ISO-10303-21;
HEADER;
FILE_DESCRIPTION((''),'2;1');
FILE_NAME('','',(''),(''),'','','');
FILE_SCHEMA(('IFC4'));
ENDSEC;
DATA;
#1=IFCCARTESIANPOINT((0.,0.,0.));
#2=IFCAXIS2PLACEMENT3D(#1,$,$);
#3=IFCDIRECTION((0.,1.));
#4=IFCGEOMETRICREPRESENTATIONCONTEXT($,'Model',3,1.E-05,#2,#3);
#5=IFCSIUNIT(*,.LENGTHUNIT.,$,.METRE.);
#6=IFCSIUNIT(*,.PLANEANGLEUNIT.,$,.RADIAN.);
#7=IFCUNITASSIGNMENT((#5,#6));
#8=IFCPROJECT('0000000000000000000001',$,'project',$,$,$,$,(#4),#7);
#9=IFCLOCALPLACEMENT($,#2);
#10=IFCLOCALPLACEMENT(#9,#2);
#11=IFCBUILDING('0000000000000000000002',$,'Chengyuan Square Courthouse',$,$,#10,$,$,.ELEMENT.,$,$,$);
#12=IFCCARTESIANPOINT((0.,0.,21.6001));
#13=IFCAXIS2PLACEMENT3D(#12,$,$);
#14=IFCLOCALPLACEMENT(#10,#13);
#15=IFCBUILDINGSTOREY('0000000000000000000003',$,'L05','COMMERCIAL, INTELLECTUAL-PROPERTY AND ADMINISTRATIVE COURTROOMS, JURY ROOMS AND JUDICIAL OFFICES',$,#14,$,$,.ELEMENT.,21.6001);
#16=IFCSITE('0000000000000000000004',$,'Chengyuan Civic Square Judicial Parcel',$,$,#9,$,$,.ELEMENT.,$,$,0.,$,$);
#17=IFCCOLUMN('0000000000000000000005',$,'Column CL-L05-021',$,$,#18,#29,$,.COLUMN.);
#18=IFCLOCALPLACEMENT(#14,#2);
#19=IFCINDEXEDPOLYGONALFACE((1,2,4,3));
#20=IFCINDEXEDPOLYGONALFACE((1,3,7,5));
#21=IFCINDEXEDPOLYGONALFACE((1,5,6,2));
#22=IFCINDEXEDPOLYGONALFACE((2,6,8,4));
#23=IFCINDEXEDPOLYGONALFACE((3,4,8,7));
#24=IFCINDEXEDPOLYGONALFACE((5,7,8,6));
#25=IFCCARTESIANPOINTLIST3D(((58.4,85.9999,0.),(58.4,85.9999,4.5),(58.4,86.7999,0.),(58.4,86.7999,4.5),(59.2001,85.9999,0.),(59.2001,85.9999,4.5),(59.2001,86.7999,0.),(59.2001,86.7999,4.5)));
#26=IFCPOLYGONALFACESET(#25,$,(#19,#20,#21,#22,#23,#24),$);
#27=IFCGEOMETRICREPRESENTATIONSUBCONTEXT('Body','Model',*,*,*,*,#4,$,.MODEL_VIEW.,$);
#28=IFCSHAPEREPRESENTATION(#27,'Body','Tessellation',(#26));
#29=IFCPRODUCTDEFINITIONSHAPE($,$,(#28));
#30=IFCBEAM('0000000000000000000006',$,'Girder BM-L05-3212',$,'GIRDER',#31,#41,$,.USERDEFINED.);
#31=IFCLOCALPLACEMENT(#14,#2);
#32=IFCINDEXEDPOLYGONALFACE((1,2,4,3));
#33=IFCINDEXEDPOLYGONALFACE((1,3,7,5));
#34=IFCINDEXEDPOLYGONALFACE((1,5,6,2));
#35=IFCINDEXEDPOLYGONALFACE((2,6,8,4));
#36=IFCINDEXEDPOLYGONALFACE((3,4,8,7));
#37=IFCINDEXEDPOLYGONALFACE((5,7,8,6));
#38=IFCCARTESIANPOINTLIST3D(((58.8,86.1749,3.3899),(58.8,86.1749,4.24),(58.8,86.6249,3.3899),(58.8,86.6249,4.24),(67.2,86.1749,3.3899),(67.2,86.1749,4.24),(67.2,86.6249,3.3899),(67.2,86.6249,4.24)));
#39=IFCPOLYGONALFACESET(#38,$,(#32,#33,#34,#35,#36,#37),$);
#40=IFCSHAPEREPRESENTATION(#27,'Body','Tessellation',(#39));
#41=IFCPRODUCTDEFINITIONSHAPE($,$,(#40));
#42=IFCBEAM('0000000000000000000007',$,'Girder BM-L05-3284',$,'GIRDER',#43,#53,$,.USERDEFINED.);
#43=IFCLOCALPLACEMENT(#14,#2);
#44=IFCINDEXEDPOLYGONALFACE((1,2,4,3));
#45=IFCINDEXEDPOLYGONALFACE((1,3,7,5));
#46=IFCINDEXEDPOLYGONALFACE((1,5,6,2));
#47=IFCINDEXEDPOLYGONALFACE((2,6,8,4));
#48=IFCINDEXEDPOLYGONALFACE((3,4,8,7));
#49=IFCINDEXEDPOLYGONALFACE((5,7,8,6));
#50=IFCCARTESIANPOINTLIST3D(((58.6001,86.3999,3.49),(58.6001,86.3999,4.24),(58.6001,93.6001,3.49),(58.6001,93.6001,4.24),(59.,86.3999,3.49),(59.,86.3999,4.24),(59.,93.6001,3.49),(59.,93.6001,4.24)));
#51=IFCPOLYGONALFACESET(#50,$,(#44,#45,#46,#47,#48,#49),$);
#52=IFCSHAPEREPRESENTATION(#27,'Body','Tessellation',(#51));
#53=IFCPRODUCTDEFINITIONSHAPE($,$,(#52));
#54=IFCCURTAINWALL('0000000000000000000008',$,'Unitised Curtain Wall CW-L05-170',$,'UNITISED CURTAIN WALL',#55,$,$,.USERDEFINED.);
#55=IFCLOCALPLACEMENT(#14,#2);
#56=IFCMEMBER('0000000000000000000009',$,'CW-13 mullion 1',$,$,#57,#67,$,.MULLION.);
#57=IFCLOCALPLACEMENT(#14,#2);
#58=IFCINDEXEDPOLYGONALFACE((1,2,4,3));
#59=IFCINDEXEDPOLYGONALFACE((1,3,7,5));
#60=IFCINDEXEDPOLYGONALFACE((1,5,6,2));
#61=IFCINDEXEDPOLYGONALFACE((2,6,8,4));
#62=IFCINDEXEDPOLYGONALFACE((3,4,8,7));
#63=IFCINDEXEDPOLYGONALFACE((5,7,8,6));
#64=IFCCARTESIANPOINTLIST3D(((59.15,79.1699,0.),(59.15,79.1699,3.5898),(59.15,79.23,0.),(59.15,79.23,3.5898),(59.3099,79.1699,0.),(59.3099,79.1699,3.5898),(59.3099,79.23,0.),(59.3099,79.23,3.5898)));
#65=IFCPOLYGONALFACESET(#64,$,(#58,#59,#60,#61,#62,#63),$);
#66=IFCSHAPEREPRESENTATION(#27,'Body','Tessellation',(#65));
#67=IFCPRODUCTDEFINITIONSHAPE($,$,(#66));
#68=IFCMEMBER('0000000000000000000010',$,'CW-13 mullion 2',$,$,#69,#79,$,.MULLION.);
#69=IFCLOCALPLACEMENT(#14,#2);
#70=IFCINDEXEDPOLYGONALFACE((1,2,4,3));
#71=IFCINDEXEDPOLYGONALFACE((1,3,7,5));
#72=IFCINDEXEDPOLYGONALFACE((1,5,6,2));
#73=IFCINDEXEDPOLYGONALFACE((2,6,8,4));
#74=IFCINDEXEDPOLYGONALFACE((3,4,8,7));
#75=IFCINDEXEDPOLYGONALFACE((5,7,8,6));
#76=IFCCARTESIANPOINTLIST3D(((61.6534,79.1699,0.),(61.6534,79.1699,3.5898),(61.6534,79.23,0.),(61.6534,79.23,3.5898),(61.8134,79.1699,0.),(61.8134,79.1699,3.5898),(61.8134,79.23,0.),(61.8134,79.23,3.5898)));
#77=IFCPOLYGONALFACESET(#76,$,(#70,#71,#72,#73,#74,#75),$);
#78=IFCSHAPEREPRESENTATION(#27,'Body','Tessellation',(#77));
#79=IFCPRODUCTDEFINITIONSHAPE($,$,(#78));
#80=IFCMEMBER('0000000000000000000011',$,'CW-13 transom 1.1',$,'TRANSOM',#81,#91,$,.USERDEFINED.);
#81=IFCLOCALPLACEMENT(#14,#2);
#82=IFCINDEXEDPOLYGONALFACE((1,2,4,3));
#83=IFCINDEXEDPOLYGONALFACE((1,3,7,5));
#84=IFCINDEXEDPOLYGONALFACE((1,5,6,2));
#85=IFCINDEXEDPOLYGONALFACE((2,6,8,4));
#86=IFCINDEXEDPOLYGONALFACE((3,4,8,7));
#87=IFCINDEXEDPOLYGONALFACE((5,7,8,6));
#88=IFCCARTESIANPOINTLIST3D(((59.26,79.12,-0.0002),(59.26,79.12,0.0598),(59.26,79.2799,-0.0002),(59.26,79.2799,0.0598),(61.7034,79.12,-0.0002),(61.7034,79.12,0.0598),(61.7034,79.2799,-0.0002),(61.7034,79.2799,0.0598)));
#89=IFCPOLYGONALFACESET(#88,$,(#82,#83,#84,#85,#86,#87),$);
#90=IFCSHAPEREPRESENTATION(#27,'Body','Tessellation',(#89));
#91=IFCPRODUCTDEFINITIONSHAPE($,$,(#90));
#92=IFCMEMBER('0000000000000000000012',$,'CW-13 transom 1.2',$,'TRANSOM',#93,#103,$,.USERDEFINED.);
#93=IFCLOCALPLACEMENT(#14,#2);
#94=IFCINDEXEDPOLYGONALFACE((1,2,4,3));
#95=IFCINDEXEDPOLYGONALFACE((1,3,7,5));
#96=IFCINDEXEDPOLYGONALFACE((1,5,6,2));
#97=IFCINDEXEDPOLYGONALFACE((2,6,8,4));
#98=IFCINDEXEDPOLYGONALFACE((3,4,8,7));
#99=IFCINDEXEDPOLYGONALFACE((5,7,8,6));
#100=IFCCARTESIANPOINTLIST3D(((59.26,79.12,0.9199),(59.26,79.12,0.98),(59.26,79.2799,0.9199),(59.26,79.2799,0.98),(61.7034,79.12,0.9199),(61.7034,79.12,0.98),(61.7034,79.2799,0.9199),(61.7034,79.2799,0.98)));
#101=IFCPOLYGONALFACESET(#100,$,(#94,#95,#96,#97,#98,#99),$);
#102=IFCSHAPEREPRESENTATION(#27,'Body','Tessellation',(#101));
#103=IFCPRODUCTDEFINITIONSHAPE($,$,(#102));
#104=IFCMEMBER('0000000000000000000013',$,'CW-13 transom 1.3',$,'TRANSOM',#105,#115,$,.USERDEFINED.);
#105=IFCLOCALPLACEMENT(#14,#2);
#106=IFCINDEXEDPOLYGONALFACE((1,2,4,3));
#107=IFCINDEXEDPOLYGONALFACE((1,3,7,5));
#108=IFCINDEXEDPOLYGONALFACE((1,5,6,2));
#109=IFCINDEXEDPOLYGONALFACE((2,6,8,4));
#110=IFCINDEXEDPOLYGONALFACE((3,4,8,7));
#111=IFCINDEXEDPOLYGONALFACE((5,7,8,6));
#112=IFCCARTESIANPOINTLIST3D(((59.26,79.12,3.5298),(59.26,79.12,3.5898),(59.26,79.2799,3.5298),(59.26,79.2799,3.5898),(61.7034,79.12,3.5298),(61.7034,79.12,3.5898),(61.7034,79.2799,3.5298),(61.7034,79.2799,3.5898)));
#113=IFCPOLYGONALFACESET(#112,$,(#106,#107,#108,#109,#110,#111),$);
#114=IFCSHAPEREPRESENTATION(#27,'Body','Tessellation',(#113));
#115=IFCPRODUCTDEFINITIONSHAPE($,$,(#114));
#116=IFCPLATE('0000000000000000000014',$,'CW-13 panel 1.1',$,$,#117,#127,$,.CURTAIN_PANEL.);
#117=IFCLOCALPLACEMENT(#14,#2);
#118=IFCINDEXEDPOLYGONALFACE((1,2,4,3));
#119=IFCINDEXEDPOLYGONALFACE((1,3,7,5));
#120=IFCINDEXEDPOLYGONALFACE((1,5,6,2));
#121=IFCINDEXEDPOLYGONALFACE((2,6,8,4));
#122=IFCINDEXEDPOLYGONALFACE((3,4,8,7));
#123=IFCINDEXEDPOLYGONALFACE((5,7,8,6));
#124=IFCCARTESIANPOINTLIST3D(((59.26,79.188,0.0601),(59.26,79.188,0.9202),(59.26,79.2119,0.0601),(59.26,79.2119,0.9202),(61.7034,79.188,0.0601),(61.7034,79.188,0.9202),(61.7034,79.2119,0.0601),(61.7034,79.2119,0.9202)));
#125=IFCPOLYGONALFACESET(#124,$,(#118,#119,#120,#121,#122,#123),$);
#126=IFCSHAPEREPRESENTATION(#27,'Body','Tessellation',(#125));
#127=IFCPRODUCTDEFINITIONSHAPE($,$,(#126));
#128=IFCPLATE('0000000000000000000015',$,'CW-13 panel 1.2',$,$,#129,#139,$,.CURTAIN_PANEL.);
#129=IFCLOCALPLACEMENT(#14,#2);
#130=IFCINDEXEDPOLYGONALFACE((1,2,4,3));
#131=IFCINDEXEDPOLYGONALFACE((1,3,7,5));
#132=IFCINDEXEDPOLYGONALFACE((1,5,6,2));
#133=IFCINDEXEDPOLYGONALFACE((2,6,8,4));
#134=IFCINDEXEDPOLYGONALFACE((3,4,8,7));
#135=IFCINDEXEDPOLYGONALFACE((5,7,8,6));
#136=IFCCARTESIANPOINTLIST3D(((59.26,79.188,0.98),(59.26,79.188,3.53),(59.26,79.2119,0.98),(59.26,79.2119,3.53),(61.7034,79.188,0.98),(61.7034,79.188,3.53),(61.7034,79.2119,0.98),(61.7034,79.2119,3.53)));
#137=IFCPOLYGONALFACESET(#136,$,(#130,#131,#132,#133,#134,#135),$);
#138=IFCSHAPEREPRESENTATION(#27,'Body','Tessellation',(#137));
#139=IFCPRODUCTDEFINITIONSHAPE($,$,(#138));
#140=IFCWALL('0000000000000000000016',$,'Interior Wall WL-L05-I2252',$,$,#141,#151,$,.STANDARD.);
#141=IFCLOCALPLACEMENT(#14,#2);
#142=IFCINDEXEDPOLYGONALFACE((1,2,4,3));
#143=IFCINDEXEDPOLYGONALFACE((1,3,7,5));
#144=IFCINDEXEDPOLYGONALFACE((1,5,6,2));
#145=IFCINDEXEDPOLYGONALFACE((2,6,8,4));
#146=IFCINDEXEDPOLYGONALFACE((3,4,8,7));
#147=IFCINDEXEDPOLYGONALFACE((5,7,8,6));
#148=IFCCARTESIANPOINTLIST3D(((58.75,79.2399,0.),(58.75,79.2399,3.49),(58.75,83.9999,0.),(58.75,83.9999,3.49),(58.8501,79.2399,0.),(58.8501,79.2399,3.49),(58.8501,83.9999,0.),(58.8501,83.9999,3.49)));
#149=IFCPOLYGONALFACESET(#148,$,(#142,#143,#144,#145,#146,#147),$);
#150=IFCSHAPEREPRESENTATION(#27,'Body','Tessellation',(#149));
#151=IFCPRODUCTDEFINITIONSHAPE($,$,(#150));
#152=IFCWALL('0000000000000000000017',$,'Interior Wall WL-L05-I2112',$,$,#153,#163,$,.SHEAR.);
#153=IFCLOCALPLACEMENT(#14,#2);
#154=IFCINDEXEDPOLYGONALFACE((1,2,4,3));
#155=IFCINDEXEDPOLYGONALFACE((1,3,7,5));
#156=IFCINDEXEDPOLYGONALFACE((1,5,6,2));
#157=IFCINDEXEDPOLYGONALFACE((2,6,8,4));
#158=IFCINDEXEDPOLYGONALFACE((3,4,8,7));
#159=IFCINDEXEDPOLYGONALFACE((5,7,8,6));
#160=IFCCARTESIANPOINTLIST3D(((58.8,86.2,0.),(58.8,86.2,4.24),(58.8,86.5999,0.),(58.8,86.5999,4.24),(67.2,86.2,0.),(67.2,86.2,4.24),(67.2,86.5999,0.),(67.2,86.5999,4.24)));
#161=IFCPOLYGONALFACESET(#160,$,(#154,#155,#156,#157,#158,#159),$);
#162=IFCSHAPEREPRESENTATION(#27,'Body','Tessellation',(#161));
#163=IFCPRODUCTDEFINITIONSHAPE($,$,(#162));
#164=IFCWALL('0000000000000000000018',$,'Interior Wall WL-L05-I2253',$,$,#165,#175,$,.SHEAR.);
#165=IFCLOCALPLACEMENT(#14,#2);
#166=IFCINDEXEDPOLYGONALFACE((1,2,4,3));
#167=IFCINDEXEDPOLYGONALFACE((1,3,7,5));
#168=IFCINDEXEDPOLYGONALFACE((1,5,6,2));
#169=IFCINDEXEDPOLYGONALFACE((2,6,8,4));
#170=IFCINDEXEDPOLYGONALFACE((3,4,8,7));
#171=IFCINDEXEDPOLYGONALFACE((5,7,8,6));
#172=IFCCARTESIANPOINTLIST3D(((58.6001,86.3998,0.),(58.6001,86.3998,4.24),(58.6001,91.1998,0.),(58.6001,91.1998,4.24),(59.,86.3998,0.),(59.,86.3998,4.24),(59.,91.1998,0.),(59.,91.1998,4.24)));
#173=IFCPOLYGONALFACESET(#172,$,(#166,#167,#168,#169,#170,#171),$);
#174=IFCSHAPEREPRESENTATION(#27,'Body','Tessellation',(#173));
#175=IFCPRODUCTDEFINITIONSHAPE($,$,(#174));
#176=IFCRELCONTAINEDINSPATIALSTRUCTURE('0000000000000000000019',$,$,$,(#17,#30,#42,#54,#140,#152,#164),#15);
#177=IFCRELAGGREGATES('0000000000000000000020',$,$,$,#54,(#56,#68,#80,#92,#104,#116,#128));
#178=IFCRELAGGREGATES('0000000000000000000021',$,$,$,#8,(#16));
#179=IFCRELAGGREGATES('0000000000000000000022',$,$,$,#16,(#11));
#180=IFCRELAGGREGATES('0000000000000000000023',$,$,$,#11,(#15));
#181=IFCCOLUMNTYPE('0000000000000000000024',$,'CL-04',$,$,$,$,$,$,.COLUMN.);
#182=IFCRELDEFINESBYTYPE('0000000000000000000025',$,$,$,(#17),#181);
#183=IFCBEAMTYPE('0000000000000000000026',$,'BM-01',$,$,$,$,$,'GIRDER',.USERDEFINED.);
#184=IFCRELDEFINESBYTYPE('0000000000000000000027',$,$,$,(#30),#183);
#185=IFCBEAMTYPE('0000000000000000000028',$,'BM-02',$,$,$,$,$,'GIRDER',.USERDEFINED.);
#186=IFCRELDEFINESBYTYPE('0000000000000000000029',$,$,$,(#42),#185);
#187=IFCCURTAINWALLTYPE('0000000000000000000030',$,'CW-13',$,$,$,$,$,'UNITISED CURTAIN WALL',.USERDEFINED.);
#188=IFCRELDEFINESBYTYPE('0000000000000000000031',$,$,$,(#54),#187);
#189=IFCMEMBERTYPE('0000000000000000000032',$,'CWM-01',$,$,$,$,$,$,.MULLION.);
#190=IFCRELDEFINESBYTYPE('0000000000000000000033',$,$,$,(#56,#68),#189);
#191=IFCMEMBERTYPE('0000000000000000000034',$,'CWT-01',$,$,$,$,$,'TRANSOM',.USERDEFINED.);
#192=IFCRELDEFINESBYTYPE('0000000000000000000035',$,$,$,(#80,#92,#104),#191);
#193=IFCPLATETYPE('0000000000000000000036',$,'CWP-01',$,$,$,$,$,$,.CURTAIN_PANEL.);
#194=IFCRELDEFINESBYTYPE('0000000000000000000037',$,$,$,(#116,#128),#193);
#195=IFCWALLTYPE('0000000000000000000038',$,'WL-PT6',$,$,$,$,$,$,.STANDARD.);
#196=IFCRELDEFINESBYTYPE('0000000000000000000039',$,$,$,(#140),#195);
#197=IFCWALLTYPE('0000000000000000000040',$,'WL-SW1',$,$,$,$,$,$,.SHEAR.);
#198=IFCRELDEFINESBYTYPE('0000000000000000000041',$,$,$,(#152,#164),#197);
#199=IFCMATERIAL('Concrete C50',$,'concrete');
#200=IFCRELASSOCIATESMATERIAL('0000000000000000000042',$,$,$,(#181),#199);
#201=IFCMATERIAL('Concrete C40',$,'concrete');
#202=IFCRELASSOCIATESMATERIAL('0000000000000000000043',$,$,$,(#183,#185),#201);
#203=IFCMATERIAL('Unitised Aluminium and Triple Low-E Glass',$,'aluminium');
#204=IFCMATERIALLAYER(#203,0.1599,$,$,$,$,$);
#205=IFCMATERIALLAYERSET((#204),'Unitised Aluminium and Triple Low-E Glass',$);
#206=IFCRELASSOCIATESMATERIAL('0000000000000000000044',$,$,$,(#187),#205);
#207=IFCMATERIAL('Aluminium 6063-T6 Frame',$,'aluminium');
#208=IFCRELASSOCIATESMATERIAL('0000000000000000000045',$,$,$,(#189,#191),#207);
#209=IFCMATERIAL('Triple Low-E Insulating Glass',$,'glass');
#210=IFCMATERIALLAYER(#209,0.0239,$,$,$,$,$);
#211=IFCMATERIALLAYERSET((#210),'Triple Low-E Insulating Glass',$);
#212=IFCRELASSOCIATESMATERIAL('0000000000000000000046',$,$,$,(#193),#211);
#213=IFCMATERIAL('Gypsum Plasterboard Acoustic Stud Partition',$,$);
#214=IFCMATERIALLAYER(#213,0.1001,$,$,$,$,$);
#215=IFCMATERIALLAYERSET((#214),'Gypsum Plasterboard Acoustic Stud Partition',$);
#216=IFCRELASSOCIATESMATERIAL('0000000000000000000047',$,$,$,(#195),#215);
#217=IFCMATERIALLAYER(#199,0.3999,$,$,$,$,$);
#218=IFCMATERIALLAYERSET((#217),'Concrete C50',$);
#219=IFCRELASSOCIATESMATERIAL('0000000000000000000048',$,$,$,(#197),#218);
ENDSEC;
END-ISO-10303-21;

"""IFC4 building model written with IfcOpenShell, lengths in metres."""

from ifc_helpers import new_model, si_unit, direction, frame, frame_2d, origin, origin_2d, place, context, subcontext, project, spatial, rectangle, extrude, material, layer, layer_set, material_profile, profile_set, type_object, element, aggregate, save


model = new_model("IFC4")

# Units and contexts
model_context = context("Model", 3, precision=1e-05, world=origin(), true_north=direction((0.0, 1.0)))
body_context = subcontext(model_context, "Body", "Model", "MODEL_VIEW")
ifc_project = project(units=[si_unit("LENGTHUNIT", "METRE"), si_unit("PLANEANGLEUNIT", "RADIAN")], contexts=[model_context])

# Site, building, storey
site_placement = place(None, origin())
site = spatial("IfcSite", under=ifc_project, at=site_placement, Name="Chengyuan Civic Square Judicial Parcel", CompositionType="ELEMENT", RefElevation=0.0)
building_placement = place(site_placement, origin())
building = spatial("IfcBuilding", under=site, at=building_placement, Name="Chengyuan Square Courthouse", CompositionType="ELEMENT")
storey_placement = place(building_placement, frame((0.0, 0.0, 21.6001)))
storey = spatial("IfcBuildingStorey", under=building, at=storey_placement, Name="L05", Description="COMMERCIAL, INTELLECTUAL-PROPERTY AND ADMINISTRATIVE COURTROOMS, JURY ROOMS AND JUDICIAL OFFICES", CompositionType="ELEMENT", Elevation=21.6001)

# Column
ifc_material_1 = material(Name="Concrete C50", Category="concrete")
ifc_material_profile_1 = material_profile(ifc_material_1, rectangle(XDim=0.8, YDim=0.8, at=origin_2d()), Name="RC-COL-800x800")
ifc_profile_set_1 = profile_set([ifc_material_profile_1], Name="Concrete C50")
column_type = type_object("IfcColumnType", Name="CL-04", PredefinedType="COLUMN", material=ifc_profile_set_1)
column_placement = place(storey_placement, frame((58.8, 86.3999, 0.0), z_axis=(0.0, 0.0, 1.0), x_axis=(1.0, 0.0, 0.0)))
element("IfcColumn", 1, at=column_placement, inside=storey, type_object=column_type, Name="Column CL-L05-021", PredefinedType="COLUMN", context=body_context, shape_type="SweptSolid", body=[
    extrude(rectangle(XDim=0.8, YDim=0.8, at=origin_2d()), origin(), (0.0, 0.0, 1.0), 4.5),
])

# Beams
ifc_material_2 = material(Name="Concrete C40", Category="concrete")
ifc_material_profile_2 = material_profile(ifc_material_2, rectangle(XDim=0.45, YDim=0.8501, at=origin_2d()), Name="RC-BM-450x850")
ifc_profile_set_2 = profile_set([ifc_material_profile_2], Name="Concrete C40")
beam_type_1 = type_object("IfcBeamType", Name="BM-01", ElementType="GIRDER", PredefinedType="USERDEFINED", material=ifc_profile_set_2)
beam_1_placement = place(storey_placement, frame((58.8, 86.3999, 3.8149), z_axis=(1.0, 0.0, 0.0), x_axis=(0.0, 1.0, 0.0)))
element("IfcBeam", 2, at=beam_1_placement, inside=storey, type_object=beam_type_1, Name="Girder BM-L05-3212", ObjectType="GIRDER", PredefinedType="USERDEFINED", context=body_context, shape_type="SweptSolid", body=[
    extrude(rectangle(XDim=0.45, YDim=0.8501, at=origin_2d()), origin(), (0.0, 0.0, 1.0), 8.3999),
])
ifc_material_profile_3 = material_profile(ifc_material_2, rectangle(XDim=0.3999, YDim=0.75, at=origin_2d()), Name="RC-BM-400x750")
ifc_profile_set_3 = profile_set([ifc_material_profile_3], Name="Concrete C40")
beam_type_2 = type_object("IfcBeamType", Name="BM-02", ElementType="GIRDER", PredefinedType="USERDEFINED", material=ifc_profile_set_3)
beam_2_placement = place(storey_placement, frame((58.8, 86.3999, 3.865), z_axis=(0.0, 1.0, 0.0), x_axis=(-1.0, 0.0, 0.0)))
element("IfcBeam", 3, at=beam_2_placement, inside=storey, type_object=beam_type_2, Name="Girder BM-L05-3284", ObjectType="GIRDER", PredefinedType="USERDEFINED", context=body_context, shape_type="SweptSolid", body=[
    extrude(rectangle(XDim=0.3999, YDim=0.75, at=origin_2d()), origin(), (0.0, 0.0, 1.0), 7.2002),
])

# Curtain wall, members, plates
ifc_material_3 = material(Name="Unitised Aluminium and Triple Low-E Glass", Category="aluminium")
ifc_layer_1 = layer(ifc_material_3, 0.1599)
ifc_layer_set_1 = layer_set([ifc_layer_1], Name="Unitised Aluminium and Triple Low-E Glass")
curtain_wall_type = type_object("IfcCurtainWallType", Name="CW-13", ElementType="UNITISED CURTAIN WALL", PredefinedType="USERDEFINED", material=ifc_layer_set_1)
curtain_wall_placement = place(storey_placement, origin())
curtain_wall = element("IfcCurtainWall", 4, at=curtain_wall_placement, inside=storey, type_object=curtain_wall_type, Name="Unitised Curtain Wall CW-L05-170", ObjectType="UNITISED CURTAIN WALL", PredefinedType="USERDEFINED")
ifc_material_4 = material(Name="Aluminium 6063-T6 Frame", Category="aluminium")
ifc_material_profile_4 = material_profile(ifc_material_4, rectangle(XDim=0.0601, YDim=0.1599, at=origin_2d()), Name="CW-MUL-60x160")
ifc_profile_set_4 = profile_set([ifc_material_profile_4], Name="Aluminium 6063-T6 Frame")
member_type_1 = type_object("IfcMemberType", Name="CWM-01", PredefinedType="MULLION", material=ifc_profile_set_4)
member_1_placement = place(storey_placement, frame((59.23, 79.2, 0.0), z_axis=(0.0, 0.0, 1.0), x_axis=(0.0, 1.0, 0.0)))
member_1 = element("IfcMember", 5, at=member_1_placement, type_object=member_type_1, Name="CW-13 mullion 1", PredefinedType="MULLION", context=body_context, shape_type="SweptSolid", body=[
    extrude(rectangle(XDim=0.0601, YDim=0.1599, at=origin_2d()), origin(), (0.0, 0.0, 1.0), 3.5898),
])
member_2_placement = place(storey_placement, frame((61.7334, 79.2, 0.0), z_axis=(0.0, 0.0, 1.0), x_axis=(0.0, 1.0, 0.0)))
member_2 = element("IfcMember", 6, at=member_2_placement, type_object=member_type_1, Name="CW-13 mullion 2", PredefinedType="MULLION", context=body_context, shape_type="SweptSolid", body=[
    extrude(rectangle(XDim=0.0601, YDim=0.1599, at=origin_2d()), origin(), (0.0, 0.0, 1.0), 3.5898),
])
ifc_material_profile_5 = material_profile(ifc_material_4, rectangle(XDim=0.1599, YDim=0.0601, at=origin_2d()), Name="CW-TRN-60x120")
ifc_profile_set_5 = profile_set([ifc_material_profile_5], Name="Aluminium 6063-T6 Frame")
member_type_2 = type_object("IfcMemberType", Name="CWT-01", ElementType="TRANSOM", PredefinedType="USERDEFINED", material=ifc_profile_set_5)
member_3_placement = place(storey_placement, frame((59.26, 79.2, 0.0298), z_axis=(1.0, 0.0, 0.0), x_axis=(0.0, 1.0, 0.0)))
member_3 = element("IfcMember", 7, at=member_3_placement, type_object=member_type_2, Name="CW-13 transom 1.1", ObjectType="TRANSOM", PredefinedType="USERDEFINED", context=body_context, shape_type="SweptSolid", body=[
    extrude(rectangle(XDim=0.1599, YDim=0.0601, at=origin_2d()), origin(), (0.0, 0.0, 1.0), 2.4434),
])
member_4_placement = place(storey_placement, frame((59.26, 79.2, 0.95), z_axis=(1.0, 0.0, 0.0), x_axis=(0.0, 1.0, 0.0)))
member_4 = element("IfcMember", 8, at=member_4_placement, type_object=member_type_2, Name="CW-13 transom 1.2", ObjectType="TRANSOM", PredefinedType="USERDEFINED", context=body_context, shape_type="SweptSolid", body=[
    extrude(rectangle(XDim=0.1599, YDim=0.0601, at=origin_2d()), origin(), (0.0, 0.0, 1.0), 2.4434),
])
member_5_placement = place(storey_placement, frame((59.26, 79.2, 3.5598), z_axis=(1.0, 0.0, 0.0), x_axis=(0.0, 1.0, 0.0)))
member_5 = element("IfcMember", 9, at=member_5_placement, type_object=member_type_2, Name="CW-13 transom 1.3", ObjectType="TRANSOM", PredefinedType="USERDEFINED", context=body_context, shape_type="SweptSolid", body=[
    extrude(rectangle(XDim=0.1599, YDim=0.0601, at=origin_2d()), origin(), (0.0, 0.0, 1.0), 2.4434),
])
ifc_material_5 = material(Name="Triple Low-E Insulating Glass", Category="glass")
ifc_layer_2 = layer(ifc_material_5, 0.0239)
ifc_layer_set_2 = layer_set([ifc_layer_2], Name="Triple Low-E Insulating Glass")
plate_type = type_object("IfcPlateType", Name="CWP-01", PredefinedType="CURTAIN_PANEL", material=ifc_layer_set_2)
plate_1_placement = place(storey_placement, frame((60.4817, 79.2, 0.0601), z_axis=(0.0, 0.0, 1.0), x_axis=(1.0, 0.0, 0.0)))
plate_1 = element("IfcPlate", 10, at=plate_1_placement, type_object=plate_type, Name="CW-13 panel 1.1", PredefinedType="CURTAIN_PANEL", context=body_context, shape_type="SweptSolid", body=[
    extrude(rectangle(XDim=2.4434, YDim=0.0239, at=origin_2d()), origin(), (0.0, 0.0, 1.0), 0.8601),
])
plate_2_placement = place(storey_placement, frame((60.4817, 79.2, 0.98), z_axis=(0.0, 0.0, 1.0), x_axis=(1.0, 0.0, 0.0)))
plate_2 = element("IfcPlate", 11, at=plate_2_placement, type_object=plate_type, Name="CW-13 panel 1.2", PredefinedType="CURTAIN_PANEL", context=body_context, shape_type="SweptSolid", body=[
    extrude(rectangle(XDim=2.4434, YDim=0.0239, at=origin_2d()), origin(), (0.0, 0.0, 1.0), 2.55),
])
aggregate(curtain_wall, [member_1, member_2, member_3, member_4, member_5, plate_1, plate_2])

# Walls
ifc_material_6 = material(Name="Gypsum Plasterboard Acoustic Stud Partition")
ifc_layer_3 = layer(ifc_material_6, 0.1001)
ifc_layer_set_3 = layer_set([ifc_layer_3], Name="Gypsum Plasterboard Acoustic Stud Partition")
wall_type_1 = type_object("IfcWallType", Name="WL-PT6", PredefinedType="STANDARD", material=ifc_layer_set_3)
wall_1_placement = place(storey_placement, frame((58.8, 79.24, 0.0), z_axis=(0.0, 0.0, 1.0), x_axis=(0.0, 1.0, 0.0)))
element("IfcWall", 12, at=wall_1_placement, inside=storey, type_object=wall_type_1, Name="Interior Wall WL-L05-I2252", PredefinedType="STANDARD", context=body_context, shape_type="SweptSolid", body=[
    extrude(rectangle(XDim=4.76, YDim=0.1001, at=frame_2d((2.3799, 0.0))), origin(), (0.0, 0.0, 1.0), 3.49),
])
ifc_layer_4 = layer(ifc_material_1, 0.3999)
ifc_layer_set_4 = layer_set([ifc_layer_4], Name="Concrete C50")
wall_type_2 = type_object("IfcWallType", Name="WL-SW1", PredefinedType="SHEAR", material=ifc_layer_set_4)
wall_2_placement = place(storey_placement, frame((58.8, 86.3999, 0.0), z_axis=(0.0, 0.0, 1.0), x_axis=(1.0, 0.0, 0.0)))
element("IfcWall", 13, at=wall_2_placement, inside=storey, type_object=wall_type_2, Name="Interior Wall WL-L05-I2112", PredefinedType="SHEAR", context=body_context, shape_type="SweptSolid", body=[
    extrude(rectangle(XDim=8.3999, YDim=0.3999, at=frame_2d((4.2, 0.0))), origin(), (0.0, 0.0, 1.0), 4.24),
])
wall_3_placement = place(storey_placement, frame((58.8, 86.3999, 0.0), z_axis=(0.0, 0.0, 1.0), x_axis=(0.0, 1.0, 0.0)))
element("IfcWall", 14, at=wall_3_placement, inside=storey, type_object=wall_type_2, Name="Interior Wall WL-L05-I2253", PredefinedType="SHEAR", context=body_context, shape_type="SweptSolid", body=[
    extrude(rectangle(XDim=4.8, YDim=0.3999, at=frame_2d((2.3999, 0.0))), origin(), (0.0, 0.0, 1.0), 4.24),
])

save(model, "model.ifc")
